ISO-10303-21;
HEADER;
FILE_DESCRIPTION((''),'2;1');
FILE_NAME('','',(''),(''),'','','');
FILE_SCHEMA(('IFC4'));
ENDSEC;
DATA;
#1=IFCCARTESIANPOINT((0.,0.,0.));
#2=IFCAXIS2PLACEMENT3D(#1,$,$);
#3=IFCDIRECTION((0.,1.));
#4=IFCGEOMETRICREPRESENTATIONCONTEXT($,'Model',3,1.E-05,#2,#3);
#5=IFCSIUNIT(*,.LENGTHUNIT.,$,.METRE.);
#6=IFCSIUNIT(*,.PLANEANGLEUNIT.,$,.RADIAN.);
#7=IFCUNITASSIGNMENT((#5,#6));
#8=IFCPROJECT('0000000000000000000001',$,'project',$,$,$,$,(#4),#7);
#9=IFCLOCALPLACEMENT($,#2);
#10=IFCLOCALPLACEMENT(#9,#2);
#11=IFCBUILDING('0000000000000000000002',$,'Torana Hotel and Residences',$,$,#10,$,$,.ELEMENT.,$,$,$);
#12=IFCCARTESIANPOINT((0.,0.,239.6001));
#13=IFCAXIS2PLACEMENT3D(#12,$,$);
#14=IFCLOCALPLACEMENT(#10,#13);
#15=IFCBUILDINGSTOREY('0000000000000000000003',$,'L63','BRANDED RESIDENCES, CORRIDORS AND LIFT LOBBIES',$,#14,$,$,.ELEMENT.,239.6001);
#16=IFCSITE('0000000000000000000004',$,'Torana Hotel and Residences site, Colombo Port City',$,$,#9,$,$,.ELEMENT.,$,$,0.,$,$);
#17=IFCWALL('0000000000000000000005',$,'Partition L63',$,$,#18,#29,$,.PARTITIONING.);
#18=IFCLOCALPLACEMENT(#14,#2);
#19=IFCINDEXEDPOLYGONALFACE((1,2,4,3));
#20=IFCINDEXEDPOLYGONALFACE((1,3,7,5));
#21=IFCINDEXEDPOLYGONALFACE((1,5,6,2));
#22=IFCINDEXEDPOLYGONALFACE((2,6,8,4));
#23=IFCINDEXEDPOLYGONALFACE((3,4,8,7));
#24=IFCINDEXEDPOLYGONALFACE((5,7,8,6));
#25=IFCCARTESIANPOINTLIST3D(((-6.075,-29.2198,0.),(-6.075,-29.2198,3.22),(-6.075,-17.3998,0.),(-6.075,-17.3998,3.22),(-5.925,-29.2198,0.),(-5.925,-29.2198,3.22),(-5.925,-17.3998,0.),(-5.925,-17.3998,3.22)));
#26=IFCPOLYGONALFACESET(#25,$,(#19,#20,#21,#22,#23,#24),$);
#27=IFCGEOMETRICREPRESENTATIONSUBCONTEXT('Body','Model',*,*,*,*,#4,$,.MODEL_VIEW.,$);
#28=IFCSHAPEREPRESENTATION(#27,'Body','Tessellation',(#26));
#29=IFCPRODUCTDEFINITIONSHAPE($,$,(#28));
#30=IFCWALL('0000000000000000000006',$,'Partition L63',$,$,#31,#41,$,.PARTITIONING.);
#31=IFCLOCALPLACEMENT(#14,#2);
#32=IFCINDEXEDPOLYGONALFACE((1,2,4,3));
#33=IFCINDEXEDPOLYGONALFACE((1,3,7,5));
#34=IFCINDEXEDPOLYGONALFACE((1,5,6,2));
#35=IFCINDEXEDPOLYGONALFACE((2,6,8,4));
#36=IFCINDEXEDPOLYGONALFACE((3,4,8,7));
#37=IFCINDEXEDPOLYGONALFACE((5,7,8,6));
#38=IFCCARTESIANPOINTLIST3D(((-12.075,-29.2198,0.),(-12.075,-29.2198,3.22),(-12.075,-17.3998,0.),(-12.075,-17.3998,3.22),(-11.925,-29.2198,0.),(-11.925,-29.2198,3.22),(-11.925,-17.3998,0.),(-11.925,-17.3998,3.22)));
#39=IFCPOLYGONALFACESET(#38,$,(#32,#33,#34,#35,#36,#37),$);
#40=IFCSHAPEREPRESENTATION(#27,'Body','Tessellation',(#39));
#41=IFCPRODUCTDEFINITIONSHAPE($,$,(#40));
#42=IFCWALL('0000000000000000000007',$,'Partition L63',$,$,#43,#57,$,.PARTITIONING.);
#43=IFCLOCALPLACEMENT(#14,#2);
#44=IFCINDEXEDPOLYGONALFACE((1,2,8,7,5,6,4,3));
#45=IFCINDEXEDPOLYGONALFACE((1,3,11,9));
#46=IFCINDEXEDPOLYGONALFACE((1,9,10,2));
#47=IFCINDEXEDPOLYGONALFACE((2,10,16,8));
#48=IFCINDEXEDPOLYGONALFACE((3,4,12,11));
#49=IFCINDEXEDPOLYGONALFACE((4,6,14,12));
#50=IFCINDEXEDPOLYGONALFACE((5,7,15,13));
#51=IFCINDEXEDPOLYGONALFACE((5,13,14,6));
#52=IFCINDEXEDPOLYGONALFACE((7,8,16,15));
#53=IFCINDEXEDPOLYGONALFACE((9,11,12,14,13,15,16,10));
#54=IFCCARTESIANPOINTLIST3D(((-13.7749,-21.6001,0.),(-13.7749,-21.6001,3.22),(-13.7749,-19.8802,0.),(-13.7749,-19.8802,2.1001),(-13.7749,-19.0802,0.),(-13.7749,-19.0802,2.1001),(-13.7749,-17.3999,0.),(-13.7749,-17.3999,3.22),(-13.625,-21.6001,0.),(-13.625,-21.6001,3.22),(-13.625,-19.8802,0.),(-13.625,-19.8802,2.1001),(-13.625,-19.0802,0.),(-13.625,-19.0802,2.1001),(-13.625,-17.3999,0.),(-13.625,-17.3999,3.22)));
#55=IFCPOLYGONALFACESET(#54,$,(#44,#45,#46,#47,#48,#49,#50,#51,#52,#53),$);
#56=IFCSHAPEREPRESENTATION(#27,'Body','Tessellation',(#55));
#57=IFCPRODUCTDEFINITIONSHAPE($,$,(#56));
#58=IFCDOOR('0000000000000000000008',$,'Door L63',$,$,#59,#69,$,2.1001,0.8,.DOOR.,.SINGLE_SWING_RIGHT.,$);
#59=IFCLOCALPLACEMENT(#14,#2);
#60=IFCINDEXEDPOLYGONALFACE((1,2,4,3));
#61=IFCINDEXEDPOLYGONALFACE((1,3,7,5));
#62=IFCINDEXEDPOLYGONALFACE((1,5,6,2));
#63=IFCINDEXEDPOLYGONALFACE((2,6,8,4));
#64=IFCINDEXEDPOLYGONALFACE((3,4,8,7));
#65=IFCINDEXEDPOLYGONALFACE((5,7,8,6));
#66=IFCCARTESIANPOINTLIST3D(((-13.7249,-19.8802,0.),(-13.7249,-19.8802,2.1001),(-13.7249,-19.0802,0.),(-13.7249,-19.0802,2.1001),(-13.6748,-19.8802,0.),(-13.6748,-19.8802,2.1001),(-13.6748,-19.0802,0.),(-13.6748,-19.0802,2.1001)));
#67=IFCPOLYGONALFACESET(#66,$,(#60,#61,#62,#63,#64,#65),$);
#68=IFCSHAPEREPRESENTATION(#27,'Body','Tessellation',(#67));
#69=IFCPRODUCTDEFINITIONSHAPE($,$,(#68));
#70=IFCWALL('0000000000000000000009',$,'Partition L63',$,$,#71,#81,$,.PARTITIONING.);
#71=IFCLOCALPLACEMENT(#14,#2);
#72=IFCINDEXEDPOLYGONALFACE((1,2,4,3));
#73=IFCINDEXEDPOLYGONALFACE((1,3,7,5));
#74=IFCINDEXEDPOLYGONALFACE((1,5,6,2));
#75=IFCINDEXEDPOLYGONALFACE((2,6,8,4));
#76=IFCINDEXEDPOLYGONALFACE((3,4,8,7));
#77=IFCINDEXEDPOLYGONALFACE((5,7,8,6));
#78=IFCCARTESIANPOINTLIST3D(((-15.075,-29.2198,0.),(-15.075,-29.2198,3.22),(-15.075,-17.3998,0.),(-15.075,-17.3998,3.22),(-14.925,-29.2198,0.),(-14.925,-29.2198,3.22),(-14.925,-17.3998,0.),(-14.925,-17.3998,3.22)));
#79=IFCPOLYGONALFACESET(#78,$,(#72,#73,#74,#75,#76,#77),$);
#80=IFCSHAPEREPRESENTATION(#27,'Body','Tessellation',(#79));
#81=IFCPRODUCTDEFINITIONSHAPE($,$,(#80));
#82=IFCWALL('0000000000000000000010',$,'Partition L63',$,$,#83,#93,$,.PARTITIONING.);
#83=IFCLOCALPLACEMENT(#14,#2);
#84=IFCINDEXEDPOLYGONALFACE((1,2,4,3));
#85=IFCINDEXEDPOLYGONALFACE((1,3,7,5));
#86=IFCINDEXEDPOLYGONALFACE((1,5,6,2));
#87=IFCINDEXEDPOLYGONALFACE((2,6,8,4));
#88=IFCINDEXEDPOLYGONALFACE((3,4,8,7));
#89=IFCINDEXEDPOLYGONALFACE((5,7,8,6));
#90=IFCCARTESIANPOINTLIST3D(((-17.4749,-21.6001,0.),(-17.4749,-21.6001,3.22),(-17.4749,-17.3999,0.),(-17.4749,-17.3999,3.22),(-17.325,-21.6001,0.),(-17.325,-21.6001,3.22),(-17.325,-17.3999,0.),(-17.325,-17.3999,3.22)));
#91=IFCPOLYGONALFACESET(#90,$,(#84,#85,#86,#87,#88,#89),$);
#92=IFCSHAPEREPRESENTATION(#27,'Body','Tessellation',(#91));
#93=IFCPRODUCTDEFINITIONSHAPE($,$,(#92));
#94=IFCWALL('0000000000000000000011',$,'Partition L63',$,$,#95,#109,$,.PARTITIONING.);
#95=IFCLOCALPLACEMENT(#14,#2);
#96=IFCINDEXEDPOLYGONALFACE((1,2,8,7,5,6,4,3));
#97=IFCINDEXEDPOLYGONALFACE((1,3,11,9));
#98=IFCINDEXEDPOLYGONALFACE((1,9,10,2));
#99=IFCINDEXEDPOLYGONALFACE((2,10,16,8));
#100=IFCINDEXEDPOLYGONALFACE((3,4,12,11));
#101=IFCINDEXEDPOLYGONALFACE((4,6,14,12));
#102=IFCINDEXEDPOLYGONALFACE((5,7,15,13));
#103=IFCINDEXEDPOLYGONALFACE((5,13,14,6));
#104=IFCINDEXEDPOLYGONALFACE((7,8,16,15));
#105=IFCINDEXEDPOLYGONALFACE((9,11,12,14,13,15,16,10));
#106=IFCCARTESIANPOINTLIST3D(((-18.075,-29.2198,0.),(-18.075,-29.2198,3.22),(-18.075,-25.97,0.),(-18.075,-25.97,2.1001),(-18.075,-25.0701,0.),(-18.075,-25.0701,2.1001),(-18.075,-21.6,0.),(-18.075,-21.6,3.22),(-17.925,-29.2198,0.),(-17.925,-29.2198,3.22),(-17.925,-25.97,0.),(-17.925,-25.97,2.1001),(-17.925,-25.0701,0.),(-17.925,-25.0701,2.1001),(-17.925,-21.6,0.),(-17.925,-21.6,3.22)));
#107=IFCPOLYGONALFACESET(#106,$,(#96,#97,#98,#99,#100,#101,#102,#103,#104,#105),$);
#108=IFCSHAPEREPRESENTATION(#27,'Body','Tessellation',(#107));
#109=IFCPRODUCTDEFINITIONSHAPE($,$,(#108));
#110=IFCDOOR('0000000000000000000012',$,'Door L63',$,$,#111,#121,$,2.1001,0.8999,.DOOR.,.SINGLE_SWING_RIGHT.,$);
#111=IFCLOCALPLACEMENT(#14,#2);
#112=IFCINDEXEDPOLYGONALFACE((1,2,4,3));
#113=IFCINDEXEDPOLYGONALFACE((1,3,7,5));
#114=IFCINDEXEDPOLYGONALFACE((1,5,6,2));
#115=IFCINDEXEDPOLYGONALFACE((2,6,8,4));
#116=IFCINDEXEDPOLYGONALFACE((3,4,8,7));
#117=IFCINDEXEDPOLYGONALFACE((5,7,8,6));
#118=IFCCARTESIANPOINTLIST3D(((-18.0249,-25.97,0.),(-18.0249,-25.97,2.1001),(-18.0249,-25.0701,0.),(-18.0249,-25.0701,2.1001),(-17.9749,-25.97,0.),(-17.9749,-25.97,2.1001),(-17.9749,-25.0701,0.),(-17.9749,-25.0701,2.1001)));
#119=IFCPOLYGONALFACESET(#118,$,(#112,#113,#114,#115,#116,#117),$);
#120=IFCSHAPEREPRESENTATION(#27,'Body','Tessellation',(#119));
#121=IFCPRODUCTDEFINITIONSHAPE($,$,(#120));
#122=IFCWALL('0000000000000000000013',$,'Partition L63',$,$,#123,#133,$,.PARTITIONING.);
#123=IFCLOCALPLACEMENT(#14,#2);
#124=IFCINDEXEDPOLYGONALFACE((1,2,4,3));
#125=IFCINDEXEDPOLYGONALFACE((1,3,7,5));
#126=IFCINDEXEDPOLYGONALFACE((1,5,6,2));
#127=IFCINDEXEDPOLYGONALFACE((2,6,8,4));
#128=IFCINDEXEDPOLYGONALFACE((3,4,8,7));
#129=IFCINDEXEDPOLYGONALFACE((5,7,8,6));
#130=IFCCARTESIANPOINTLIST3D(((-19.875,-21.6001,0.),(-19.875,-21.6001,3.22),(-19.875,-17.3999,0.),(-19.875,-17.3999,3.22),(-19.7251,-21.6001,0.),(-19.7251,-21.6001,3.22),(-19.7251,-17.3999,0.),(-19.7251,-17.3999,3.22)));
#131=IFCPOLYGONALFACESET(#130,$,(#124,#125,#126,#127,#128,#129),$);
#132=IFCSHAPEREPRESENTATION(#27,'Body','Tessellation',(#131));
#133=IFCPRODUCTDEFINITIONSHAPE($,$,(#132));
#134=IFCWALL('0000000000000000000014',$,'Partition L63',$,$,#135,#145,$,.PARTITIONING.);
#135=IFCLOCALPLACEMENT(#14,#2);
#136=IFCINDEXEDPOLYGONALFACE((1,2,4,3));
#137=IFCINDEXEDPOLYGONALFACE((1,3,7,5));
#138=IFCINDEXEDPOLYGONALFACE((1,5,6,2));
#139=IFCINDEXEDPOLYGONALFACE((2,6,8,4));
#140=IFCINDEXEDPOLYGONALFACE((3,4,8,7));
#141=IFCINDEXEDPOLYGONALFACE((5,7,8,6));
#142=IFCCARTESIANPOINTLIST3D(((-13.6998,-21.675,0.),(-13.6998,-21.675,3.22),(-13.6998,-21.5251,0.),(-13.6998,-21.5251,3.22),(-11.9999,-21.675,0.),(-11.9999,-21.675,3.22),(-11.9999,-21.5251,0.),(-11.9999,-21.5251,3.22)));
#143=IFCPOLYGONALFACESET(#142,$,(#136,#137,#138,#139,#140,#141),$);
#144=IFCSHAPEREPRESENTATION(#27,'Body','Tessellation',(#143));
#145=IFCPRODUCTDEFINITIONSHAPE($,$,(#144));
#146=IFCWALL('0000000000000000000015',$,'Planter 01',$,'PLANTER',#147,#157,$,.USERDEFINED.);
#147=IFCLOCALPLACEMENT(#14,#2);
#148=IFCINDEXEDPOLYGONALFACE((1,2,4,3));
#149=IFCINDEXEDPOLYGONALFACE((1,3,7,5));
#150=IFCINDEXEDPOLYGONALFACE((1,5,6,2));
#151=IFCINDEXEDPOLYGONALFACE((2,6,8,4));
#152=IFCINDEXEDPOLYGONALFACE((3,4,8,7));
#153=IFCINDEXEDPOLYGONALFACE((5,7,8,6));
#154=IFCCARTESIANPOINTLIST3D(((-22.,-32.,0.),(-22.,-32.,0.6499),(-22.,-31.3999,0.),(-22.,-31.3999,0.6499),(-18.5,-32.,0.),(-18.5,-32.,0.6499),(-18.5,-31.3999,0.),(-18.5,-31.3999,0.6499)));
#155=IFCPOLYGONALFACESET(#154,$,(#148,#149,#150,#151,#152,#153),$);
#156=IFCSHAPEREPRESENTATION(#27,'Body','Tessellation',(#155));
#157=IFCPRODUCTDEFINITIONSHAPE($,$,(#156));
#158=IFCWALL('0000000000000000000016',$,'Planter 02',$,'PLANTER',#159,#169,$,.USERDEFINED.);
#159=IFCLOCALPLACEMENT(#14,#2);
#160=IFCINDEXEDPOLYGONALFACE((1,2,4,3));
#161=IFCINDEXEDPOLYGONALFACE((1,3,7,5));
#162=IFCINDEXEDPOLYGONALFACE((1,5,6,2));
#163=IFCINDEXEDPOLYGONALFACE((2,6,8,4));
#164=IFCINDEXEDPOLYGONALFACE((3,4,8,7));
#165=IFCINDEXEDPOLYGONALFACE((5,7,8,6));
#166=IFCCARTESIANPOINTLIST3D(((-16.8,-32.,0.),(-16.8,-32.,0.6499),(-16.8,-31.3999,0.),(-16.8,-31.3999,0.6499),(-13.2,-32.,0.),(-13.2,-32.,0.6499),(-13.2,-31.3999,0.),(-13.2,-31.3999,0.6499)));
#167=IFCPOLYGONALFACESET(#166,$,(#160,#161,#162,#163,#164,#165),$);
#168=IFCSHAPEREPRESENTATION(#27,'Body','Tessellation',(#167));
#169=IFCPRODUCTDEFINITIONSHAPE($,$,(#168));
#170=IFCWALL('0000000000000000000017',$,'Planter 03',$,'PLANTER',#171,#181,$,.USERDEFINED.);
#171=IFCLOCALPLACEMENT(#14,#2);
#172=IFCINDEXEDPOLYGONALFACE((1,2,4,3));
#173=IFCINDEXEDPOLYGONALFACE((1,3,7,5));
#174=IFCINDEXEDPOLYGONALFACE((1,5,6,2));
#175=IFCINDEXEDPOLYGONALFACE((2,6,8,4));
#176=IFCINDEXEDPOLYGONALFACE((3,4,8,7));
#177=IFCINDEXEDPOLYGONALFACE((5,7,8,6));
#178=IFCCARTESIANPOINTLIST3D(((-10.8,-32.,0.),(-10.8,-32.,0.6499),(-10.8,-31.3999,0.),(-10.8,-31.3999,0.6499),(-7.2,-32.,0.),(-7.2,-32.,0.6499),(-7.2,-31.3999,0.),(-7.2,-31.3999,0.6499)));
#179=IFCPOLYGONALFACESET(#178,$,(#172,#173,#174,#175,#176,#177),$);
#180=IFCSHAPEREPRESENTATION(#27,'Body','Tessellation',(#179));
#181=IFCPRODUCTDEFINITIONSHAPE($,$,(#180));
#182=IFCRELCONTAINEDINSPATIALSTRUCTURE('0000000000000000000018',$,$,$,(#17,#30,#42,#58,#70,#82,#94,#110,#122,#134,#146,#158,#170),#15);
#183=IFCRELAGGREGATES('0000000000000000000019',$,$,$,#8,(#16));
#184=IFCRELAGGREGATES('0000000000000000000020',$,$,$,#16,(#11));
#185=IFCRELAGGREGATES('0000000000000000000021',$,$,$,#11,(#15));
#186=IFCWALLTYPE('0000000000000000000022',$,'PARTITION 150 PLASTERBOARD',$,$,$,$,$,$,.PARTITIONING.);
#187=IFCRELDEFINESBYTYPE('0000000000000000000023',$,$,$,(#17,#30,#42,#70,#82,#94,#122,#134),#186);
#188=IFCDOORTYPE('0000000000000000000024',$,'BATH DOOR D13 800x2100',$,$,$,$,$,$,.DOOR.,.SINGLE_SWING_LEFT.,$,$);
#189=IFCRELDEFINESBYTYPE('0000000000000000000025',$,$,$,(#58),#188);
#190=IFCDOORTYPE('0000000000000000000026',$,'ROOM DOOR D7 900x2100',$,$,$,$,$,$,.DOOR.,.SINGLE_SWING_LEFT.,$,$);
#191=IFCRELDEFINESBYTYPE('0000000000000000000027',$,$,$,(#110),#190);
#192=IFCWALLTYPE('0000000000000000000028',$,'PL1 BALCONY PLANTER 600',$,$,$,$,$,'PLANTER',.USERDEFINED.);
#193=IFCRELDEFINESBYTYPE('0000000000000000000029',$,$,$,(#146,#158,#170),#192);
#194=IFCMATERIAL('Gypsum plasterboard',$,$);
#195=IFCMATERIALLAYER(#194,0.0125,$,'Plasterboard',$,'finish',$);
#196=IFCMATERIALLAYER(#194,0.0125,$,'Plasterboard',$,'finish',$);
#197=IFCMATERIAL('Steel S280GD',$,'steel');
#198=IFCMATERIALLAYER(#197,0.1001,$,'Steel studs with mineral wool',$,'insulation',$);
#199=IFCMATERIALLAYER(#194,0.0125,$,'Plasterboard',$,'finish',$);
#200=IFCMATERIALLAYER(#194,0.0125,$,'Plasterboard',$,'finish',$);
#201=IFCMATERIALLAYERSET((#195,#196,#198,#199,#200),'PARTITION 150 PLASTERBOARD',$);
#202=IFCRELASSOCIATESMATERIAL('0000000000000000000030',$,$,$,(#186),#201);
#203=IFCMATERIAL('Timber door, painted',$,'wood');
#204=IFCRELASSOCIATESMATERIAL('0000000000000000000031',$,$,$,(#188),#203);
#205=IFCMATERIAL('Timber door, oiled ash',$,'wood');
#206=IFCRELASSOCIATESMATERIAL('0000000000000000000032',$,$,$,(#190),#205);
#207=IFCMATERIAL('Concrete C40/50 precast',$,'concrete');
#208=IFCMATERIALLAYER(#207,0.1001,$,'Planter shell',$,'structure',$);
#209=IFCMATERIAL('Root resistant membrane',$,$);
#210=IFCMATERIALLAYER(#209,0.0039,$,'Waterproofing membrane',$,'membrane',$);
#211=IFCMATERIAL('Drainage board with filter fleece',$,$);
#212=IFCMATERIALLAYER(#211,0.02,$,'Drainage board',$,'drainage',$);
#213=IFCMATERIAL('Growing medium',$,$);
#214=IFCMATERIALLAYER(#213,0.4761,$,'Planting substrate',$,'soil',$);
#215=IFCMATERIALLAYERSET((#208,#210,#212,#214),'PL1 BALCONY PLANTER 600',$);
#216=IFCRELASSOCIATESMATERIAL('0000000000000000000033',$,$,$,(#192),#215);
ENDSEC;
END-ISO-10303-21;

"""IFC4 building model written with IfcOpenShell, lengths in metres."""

from ifc_helpers import new_model, si_unit, direction, frame, frame_2d, origin, place, context, subcontext, project, spatial, rectangle, extrude, material, layer, layer_set, type_object, element, fill, save


model = new_model("IFC4")

# Units and contexts
model_context = context("Model", 3, precision=1e-05, world=origin(), true_north=direction((0.0, 1.0)))
body_context = subcontext(model_context, "Body", "Model", "MODEL_VIEW")
ifc_project = project(units=[si_unit("LENGTHUNIT", "METRE"), si_unit("PLANEANGLEUNIT", "RADIAN")], contexts=[model_context])

# Site, building, storey
site_placement = place(None, origin())
site = spatial("IfcSite", under=ifc_project, at=site_placement, Name="Torana Hotel and Residences site, Colombo Port City", CompositionType="ELEMENT", RefElevation=0.0)
building_placement = place(site_placement, origin())
building = spatial("IfcBuilding", under=site, at=building_placement, Name="Torana Hotel and Residences", CompositionType="ELEMENT")
storey_placement = place(building_placement, frame((0.0, 0.0, 239.6001)))
storey = spatial("IfcBuildingStorey", under=building, at=storey_placement, Name="L63", Description="BRANDED RESIDENCES, CORRIDORS AND LIFT LOBBIES", CompositionType="ELEMENT", Elevation=239.6001)

# Walls
ifc_material_1 = material(Name="Gypsum plasterboard")
ifc_layer_1 = layer(ifc_material_1, 0.0125, Name="Plasterboard", Category="finish")
ifc_layer_2 = layer(ifc_material_1, 0.0125, Name="Plasterboard", Category="finish")
ifc_material_2 = material(Name="Steel S280GD", Category="steel")
ifc_layer_3 = layer(ifc_material_2, 0.1001, Name="Steel studs with mineral wool", Category="insulation")
ifc_layer_4 = layer(ifc_material_1, 0.0125, Name="Plasterboard", Category="finish")
ifc_layer_5 = layer(ifc_material_1, 0.0125, Name="Plasterboard", Category="finish")
ifc_layer_set_1 = layer_set([ifc_layer_1, ifc_layer_2, ifc_layer_3, ifc_layer_4, ifc_layer_5], Name="PARTITION 150 PLASTERBOARD")
wall_type_1 = type_object("IfcWallType", Name="PARTITION 150 PLASTERBOARD", PredefinedType="PARTITIONING", material=ifc_layer_set_1)
for number, where, z_axis, x_axis, name in (
    (1, (-6.0, -29.22, 0.0), (0.0, 0.0, 1.0), (0.0, 1.0, 0.0), "Partition L63"),
    (2, (-12.0, -29.22, 0.0), (0.0, 0.0, 1.0), (0.0, 1.0, 0.0), "Partition L63"),
):
    element("IfcWall", number, at=place(storey_placement, frame(where, z_axis=z_axis, x_axis=x_axis)), inside=storey, type_object=wall_type_1, Name=name, PredefinedType="PARTITIONING", context=body_context, shape_type="SweptSolid", body=[
        extrude(rectangle(XDim=11.8201, YDim=0.1499, at=frame_2d((5.9102, 0.0))), origin(), (0.0, 0.0, 1.0), 3.22),
    ])

# Wall, opening, door
wall_1_placement = place(storey_placement, frame((-13.7, -21.6001, 0.0), z_axis=(0.0, 0.0, 1.0), x_axis=(0.0, 1.0, 0.0)))
wall_1 = element("IfcWall", 3, at=wall_1_placement, inside=storey, type_object=wall_type_1, Name="Partition L63", PredefinedType="PARTITIONING", context=body_context, shape_type="SweptSolid", body=[
    extrude(rectangle(XDim=4.2002, YDim=0.1499, at=frame_2d((2.1001, 0.0))), origin(), (0.0, 0.0, 1.0), 3.22),
])
opening_1_placement = place(wall_1_placement, frame((1.72, 0.0, 0.0)))
opening_1 = element("IfcOpeningElement", 4, at=opening_1_placement, cuts=wall_1, PredefinedType="OPENING", context=body_context, shape_type="SweptSolid", body=[
    extrude(rectangle(XDim=0.8, YDim=2.1001, at=frame_2d((0.3999, 1.05))), frame((0.0, 0.085, 0.0), z_axis=(0.0, -1.0, 0.0), x_axis=(1.0, 0.0, 0.0)), (0.0, 0.0, 1.0), 0.1699),
])
ifc_material_3 = material(Name="Timber door, painted", Category="wood")
door_type_1 = type_object("IfcDoorType", Name="BATH DOOR D13 800x2100", OperationType="SINGLE_SWING_LEFT", PredefinedType="DOOR", material=ifc_material_3)
door_1_placement = place(opening_1_placement, origin())
door_1 = element("IfcDoor", 5, at=door_1_placement, inside=storey, type_object=door_type_1, Name="Door L63", OperationType="SINGLE_SWING_RIGHT", OverallHeight=2.1001, OverallWidth=0.8, PredefinedType="DOOR", context=body_context, shape_type="SweptSolid", body=[
    extrude(rectangle(XDim=0.8, YDim=2.1001, at=frame_2d((0.3999, 1.05))), frame((0.0, 0.0249, 0.0), z_axis=(0.0, -1.0, 0.0), x_axis=(1.0, 0.0, 0.0)), (0.0, 0.0, 1.0), 0.05),
])
fill(opening_1, door_1)

# Walls
wall_2_placement = place(storey_placement, frame((-15.0, -29.22, 0.0), z_axis=(0.0, 0.0, 1.0), x_axis=(0.0, 1.0, 0.0)))
element("IfcWall", 6, at=wall_2_placement, inside=storey, type_object=wall_type_1, Name="Partition L63", PredefinedType="PARTITIONING", context=body_context, shape_type="SweptSolid", body=[
    extrude(rectangle(XDim=11.8201, YDim=0.1499, at=frame_2d((5.9102, 0.0))), origin(), (0.0, 0.0, 1.0), 3.22),
])
wall_3_placement = place(storey_placement, frame((-17.3999, -21.6001, 0.0), z_axis=(0.0, 0.0, 1.0), x_axis=(0.0, 1.0, 0.0)))
element("IfcWall", 7, at=wall_3_placement, inside=storey, type_object=wall_type_1, Name="Partition L63", PredefinedType="PARTITIONING", context=body_context, shape_type="SweptSolid", body=[
    extrude(rectangle(XDim=4.2002, YDim=0.1499, at=frame_2d((2.1001, 0.0))), origin(), (0.0, 0.0, 1.0), 3.22),
])

# Wall, opening, door
wall_4_placement = place(storey_placement, frame((-18.0, -29.22, 0.0), z_axis=(0.0, 0.0, 1.0), x_axis=(0.0, 1.0, 0.0)))
wall_4 = element("IfcWall", 8, at=wall_4_placement, inside=storey, type_object=wall_type_1, Name="Partition L63", PredefinedType="PARTITIONING", context=body_context, shape_type="SweptSolid", body=[
    extrude(rectangle(XDim=7.6199, YDim=0.1499, at=frame_2d((3.8101, 0.0))), origin(), (0.0, 0.0, 1.0), 3.22),
])
opening_2_placement = place(wall_4_placement, frame((3.25, 0.0, 0.0)))
opening_2 = element("IfcOpeningElement", 9, at=opening_2_placement, cuts=wall_4, PredefinedType="OPENING", context=body_context, shape_type="SweptSolid", body=[
    extrude(rectangle(XDim=0.8999, YDim=2.1001, at=frame_2d((0.45, 1.05))), frame((0.0, 0.085, 0.0), z_axis=(0.0, -1.0, 0.0), x_axis=(1.0, 0.0, 0.0)), (0.0, 0.0, 1.0), 0.1699),
])
ifc_material_4 = material(Name="Timber door, oiled ash", Category="wood")
door_type_2 = type_object("IfcDoorType", Name="ROOM DOOR D7 900x2100", OperationType="SINGLE_SWING_LEFT", PredefinedType="DOOR", material=ifc_material_4)
door_2_placement = place(opening_2_placement, origin())
door_2 = element("IfcDoor", 10, at=door_2_placement, inside=storey, type_object=door_type_2, Name="Door L63", OperationType="SINGLE_SWING_RIGHT", OverallHeight=2.1001, OverallWidth=0.8999, PredefinedType="DOOR", context=body_context, shape_type="SweptSolid", body=[
    extrude(rectangle(XDim=0.8999, YDim=2.1001, at=frame_2d((0.45, 1.05))), frame((0.0, 0.0249, 0.0), z_axis=(0.0, -1.0, 0.0), x_axis=(1.0, 0.0, 0.0)), (0.0, 0.0, 1.0), 0.05),
])
fill(opening_2, door_2)

# Walls
wall_5_placement = place(storey_placement, frame((-19.8, -21.6001, 0.0), z_axis=(0.0, 0.0, 1.0), x_axis=(0.0, 1.0, 0.0)))
element("IfcWall", 11, at=wall_5_placement, inside=storey, type_object=wall_type_1, Name="Partition L63", PredefinedType="PARTITIONING", context=body_context, shape_type="SweptSolid", body=[
    extrude(rectangle(XDim=4.2002, YDim=0.1499, at=frame_2d((2.1001, 0.0))), origin(), (0.0, 0.0, 1.0), 3.22),
])
wall_6_placement = place(storey_placement, frame((-13.7, -21.6001, 0.0), z_axis=(0.0, 0.0, 1.0), x_axis=(1.0, 0.0, 0.0)))
element("IfcWall", 12, at=wall_6_placement, inside=storey, type_object=wall_type_1, Name="Partition L63", PredefinedType="PARTITIONING", context=body_context, shape_type="SweptSolid", body=[
    extrude(rectangle(XDim=1.7, YDim=0.1499, at=frame_2d((0.8501, 0.0))), origin(), (0.0, 0.0, 1.0), 3.22),
])
ifc_material_5 = material(Name="Concrete C40/50 precast", Category="concrete")
ifc_layer_6 = layer(ifc_material_5, 0.1001, Name="Planter shell", Category="structure")
ifc_material_6 = material(Name="Root resistant membrane")
ifc_layer_7 = layer(ifc_material_6, 0.0039, Name="Waterproofing membrane", Category="membrane")
ifc_material_7 = material(Name="Drainage board with filter fleece")
ifc_layer_8 = layer(ifc_material_7, 0.02, Name="Drainage board", Category="drainage")
ifc_material_8 = material(Name="Growing medium")
ifc_layer_9 = layer(ifc_material_8, 0.4761, Name="Planting substrate", Category="soil")
ifc_layer_set_2 = layer_set([ifc_layer_6, ifc_layer_7, ifc_layer_8, ifc_layer_9], Name="PL1 BALCONY PLANTER 600")
wall_type_2 = type_object("IfcWallType", Name="PL1 BALCONY PLANTER 600", ElementType="PLANTER", PredefinedType="USERDEFINED", material=ifc_layer_set_2)
wall_7_placement = place(storey_placement, frame((-18.5, -31.7, 0.0), z_axis=(0.0, 0.0, 1.0), x_axis=(-1.0, 0.0, 0.0)))
element("IfcWall", 13, at=wall_7_placement, inside=storey, type_object=wall_type_2, Name="Planter 01", ObjectType="PLANTER", PredefinedType="USERDEFINED", context=body_context, shape_type="SweptSolid", body=[
    extrude(rectangle(XDim=3.5, YDim=0.6001, at=frame_2d((1.75, 0.0))), origin(), (0.0, 0.0, 1.0), 0.6499),
])
for number, where, z_axis, x_axis, name in (
    (14, (-13.2, -31.7, 0.0), (0.0, 0.0, 1.0), (-1.0, 0.0, 0.0), "Planter 02"),
    (15, (-7.2, -31.7, 0.0), (0.0, 0.0, 1.0), (-1.0, 0.0, 0.0), "Planter 03"),
):
    element("IfcWall", number, at=place(storey_placement, frame(where, z_axis=z_axis, x_axis=x_axis)), inside=storey, type_object=wall_type_2, Name=name, ObjectType="PLANTER", PredefinedType="USERDEFINED", context=body_context, shape_type="SweptSolid", body=[
        extrude(rectangle(XDim=3.6001, YDim=0.6001, at=frame_2d((1.8, 0.0))), origin(), (0.0, 0.0, 1.0), 0.6499),
    ])

save(model, "model.ifc")
